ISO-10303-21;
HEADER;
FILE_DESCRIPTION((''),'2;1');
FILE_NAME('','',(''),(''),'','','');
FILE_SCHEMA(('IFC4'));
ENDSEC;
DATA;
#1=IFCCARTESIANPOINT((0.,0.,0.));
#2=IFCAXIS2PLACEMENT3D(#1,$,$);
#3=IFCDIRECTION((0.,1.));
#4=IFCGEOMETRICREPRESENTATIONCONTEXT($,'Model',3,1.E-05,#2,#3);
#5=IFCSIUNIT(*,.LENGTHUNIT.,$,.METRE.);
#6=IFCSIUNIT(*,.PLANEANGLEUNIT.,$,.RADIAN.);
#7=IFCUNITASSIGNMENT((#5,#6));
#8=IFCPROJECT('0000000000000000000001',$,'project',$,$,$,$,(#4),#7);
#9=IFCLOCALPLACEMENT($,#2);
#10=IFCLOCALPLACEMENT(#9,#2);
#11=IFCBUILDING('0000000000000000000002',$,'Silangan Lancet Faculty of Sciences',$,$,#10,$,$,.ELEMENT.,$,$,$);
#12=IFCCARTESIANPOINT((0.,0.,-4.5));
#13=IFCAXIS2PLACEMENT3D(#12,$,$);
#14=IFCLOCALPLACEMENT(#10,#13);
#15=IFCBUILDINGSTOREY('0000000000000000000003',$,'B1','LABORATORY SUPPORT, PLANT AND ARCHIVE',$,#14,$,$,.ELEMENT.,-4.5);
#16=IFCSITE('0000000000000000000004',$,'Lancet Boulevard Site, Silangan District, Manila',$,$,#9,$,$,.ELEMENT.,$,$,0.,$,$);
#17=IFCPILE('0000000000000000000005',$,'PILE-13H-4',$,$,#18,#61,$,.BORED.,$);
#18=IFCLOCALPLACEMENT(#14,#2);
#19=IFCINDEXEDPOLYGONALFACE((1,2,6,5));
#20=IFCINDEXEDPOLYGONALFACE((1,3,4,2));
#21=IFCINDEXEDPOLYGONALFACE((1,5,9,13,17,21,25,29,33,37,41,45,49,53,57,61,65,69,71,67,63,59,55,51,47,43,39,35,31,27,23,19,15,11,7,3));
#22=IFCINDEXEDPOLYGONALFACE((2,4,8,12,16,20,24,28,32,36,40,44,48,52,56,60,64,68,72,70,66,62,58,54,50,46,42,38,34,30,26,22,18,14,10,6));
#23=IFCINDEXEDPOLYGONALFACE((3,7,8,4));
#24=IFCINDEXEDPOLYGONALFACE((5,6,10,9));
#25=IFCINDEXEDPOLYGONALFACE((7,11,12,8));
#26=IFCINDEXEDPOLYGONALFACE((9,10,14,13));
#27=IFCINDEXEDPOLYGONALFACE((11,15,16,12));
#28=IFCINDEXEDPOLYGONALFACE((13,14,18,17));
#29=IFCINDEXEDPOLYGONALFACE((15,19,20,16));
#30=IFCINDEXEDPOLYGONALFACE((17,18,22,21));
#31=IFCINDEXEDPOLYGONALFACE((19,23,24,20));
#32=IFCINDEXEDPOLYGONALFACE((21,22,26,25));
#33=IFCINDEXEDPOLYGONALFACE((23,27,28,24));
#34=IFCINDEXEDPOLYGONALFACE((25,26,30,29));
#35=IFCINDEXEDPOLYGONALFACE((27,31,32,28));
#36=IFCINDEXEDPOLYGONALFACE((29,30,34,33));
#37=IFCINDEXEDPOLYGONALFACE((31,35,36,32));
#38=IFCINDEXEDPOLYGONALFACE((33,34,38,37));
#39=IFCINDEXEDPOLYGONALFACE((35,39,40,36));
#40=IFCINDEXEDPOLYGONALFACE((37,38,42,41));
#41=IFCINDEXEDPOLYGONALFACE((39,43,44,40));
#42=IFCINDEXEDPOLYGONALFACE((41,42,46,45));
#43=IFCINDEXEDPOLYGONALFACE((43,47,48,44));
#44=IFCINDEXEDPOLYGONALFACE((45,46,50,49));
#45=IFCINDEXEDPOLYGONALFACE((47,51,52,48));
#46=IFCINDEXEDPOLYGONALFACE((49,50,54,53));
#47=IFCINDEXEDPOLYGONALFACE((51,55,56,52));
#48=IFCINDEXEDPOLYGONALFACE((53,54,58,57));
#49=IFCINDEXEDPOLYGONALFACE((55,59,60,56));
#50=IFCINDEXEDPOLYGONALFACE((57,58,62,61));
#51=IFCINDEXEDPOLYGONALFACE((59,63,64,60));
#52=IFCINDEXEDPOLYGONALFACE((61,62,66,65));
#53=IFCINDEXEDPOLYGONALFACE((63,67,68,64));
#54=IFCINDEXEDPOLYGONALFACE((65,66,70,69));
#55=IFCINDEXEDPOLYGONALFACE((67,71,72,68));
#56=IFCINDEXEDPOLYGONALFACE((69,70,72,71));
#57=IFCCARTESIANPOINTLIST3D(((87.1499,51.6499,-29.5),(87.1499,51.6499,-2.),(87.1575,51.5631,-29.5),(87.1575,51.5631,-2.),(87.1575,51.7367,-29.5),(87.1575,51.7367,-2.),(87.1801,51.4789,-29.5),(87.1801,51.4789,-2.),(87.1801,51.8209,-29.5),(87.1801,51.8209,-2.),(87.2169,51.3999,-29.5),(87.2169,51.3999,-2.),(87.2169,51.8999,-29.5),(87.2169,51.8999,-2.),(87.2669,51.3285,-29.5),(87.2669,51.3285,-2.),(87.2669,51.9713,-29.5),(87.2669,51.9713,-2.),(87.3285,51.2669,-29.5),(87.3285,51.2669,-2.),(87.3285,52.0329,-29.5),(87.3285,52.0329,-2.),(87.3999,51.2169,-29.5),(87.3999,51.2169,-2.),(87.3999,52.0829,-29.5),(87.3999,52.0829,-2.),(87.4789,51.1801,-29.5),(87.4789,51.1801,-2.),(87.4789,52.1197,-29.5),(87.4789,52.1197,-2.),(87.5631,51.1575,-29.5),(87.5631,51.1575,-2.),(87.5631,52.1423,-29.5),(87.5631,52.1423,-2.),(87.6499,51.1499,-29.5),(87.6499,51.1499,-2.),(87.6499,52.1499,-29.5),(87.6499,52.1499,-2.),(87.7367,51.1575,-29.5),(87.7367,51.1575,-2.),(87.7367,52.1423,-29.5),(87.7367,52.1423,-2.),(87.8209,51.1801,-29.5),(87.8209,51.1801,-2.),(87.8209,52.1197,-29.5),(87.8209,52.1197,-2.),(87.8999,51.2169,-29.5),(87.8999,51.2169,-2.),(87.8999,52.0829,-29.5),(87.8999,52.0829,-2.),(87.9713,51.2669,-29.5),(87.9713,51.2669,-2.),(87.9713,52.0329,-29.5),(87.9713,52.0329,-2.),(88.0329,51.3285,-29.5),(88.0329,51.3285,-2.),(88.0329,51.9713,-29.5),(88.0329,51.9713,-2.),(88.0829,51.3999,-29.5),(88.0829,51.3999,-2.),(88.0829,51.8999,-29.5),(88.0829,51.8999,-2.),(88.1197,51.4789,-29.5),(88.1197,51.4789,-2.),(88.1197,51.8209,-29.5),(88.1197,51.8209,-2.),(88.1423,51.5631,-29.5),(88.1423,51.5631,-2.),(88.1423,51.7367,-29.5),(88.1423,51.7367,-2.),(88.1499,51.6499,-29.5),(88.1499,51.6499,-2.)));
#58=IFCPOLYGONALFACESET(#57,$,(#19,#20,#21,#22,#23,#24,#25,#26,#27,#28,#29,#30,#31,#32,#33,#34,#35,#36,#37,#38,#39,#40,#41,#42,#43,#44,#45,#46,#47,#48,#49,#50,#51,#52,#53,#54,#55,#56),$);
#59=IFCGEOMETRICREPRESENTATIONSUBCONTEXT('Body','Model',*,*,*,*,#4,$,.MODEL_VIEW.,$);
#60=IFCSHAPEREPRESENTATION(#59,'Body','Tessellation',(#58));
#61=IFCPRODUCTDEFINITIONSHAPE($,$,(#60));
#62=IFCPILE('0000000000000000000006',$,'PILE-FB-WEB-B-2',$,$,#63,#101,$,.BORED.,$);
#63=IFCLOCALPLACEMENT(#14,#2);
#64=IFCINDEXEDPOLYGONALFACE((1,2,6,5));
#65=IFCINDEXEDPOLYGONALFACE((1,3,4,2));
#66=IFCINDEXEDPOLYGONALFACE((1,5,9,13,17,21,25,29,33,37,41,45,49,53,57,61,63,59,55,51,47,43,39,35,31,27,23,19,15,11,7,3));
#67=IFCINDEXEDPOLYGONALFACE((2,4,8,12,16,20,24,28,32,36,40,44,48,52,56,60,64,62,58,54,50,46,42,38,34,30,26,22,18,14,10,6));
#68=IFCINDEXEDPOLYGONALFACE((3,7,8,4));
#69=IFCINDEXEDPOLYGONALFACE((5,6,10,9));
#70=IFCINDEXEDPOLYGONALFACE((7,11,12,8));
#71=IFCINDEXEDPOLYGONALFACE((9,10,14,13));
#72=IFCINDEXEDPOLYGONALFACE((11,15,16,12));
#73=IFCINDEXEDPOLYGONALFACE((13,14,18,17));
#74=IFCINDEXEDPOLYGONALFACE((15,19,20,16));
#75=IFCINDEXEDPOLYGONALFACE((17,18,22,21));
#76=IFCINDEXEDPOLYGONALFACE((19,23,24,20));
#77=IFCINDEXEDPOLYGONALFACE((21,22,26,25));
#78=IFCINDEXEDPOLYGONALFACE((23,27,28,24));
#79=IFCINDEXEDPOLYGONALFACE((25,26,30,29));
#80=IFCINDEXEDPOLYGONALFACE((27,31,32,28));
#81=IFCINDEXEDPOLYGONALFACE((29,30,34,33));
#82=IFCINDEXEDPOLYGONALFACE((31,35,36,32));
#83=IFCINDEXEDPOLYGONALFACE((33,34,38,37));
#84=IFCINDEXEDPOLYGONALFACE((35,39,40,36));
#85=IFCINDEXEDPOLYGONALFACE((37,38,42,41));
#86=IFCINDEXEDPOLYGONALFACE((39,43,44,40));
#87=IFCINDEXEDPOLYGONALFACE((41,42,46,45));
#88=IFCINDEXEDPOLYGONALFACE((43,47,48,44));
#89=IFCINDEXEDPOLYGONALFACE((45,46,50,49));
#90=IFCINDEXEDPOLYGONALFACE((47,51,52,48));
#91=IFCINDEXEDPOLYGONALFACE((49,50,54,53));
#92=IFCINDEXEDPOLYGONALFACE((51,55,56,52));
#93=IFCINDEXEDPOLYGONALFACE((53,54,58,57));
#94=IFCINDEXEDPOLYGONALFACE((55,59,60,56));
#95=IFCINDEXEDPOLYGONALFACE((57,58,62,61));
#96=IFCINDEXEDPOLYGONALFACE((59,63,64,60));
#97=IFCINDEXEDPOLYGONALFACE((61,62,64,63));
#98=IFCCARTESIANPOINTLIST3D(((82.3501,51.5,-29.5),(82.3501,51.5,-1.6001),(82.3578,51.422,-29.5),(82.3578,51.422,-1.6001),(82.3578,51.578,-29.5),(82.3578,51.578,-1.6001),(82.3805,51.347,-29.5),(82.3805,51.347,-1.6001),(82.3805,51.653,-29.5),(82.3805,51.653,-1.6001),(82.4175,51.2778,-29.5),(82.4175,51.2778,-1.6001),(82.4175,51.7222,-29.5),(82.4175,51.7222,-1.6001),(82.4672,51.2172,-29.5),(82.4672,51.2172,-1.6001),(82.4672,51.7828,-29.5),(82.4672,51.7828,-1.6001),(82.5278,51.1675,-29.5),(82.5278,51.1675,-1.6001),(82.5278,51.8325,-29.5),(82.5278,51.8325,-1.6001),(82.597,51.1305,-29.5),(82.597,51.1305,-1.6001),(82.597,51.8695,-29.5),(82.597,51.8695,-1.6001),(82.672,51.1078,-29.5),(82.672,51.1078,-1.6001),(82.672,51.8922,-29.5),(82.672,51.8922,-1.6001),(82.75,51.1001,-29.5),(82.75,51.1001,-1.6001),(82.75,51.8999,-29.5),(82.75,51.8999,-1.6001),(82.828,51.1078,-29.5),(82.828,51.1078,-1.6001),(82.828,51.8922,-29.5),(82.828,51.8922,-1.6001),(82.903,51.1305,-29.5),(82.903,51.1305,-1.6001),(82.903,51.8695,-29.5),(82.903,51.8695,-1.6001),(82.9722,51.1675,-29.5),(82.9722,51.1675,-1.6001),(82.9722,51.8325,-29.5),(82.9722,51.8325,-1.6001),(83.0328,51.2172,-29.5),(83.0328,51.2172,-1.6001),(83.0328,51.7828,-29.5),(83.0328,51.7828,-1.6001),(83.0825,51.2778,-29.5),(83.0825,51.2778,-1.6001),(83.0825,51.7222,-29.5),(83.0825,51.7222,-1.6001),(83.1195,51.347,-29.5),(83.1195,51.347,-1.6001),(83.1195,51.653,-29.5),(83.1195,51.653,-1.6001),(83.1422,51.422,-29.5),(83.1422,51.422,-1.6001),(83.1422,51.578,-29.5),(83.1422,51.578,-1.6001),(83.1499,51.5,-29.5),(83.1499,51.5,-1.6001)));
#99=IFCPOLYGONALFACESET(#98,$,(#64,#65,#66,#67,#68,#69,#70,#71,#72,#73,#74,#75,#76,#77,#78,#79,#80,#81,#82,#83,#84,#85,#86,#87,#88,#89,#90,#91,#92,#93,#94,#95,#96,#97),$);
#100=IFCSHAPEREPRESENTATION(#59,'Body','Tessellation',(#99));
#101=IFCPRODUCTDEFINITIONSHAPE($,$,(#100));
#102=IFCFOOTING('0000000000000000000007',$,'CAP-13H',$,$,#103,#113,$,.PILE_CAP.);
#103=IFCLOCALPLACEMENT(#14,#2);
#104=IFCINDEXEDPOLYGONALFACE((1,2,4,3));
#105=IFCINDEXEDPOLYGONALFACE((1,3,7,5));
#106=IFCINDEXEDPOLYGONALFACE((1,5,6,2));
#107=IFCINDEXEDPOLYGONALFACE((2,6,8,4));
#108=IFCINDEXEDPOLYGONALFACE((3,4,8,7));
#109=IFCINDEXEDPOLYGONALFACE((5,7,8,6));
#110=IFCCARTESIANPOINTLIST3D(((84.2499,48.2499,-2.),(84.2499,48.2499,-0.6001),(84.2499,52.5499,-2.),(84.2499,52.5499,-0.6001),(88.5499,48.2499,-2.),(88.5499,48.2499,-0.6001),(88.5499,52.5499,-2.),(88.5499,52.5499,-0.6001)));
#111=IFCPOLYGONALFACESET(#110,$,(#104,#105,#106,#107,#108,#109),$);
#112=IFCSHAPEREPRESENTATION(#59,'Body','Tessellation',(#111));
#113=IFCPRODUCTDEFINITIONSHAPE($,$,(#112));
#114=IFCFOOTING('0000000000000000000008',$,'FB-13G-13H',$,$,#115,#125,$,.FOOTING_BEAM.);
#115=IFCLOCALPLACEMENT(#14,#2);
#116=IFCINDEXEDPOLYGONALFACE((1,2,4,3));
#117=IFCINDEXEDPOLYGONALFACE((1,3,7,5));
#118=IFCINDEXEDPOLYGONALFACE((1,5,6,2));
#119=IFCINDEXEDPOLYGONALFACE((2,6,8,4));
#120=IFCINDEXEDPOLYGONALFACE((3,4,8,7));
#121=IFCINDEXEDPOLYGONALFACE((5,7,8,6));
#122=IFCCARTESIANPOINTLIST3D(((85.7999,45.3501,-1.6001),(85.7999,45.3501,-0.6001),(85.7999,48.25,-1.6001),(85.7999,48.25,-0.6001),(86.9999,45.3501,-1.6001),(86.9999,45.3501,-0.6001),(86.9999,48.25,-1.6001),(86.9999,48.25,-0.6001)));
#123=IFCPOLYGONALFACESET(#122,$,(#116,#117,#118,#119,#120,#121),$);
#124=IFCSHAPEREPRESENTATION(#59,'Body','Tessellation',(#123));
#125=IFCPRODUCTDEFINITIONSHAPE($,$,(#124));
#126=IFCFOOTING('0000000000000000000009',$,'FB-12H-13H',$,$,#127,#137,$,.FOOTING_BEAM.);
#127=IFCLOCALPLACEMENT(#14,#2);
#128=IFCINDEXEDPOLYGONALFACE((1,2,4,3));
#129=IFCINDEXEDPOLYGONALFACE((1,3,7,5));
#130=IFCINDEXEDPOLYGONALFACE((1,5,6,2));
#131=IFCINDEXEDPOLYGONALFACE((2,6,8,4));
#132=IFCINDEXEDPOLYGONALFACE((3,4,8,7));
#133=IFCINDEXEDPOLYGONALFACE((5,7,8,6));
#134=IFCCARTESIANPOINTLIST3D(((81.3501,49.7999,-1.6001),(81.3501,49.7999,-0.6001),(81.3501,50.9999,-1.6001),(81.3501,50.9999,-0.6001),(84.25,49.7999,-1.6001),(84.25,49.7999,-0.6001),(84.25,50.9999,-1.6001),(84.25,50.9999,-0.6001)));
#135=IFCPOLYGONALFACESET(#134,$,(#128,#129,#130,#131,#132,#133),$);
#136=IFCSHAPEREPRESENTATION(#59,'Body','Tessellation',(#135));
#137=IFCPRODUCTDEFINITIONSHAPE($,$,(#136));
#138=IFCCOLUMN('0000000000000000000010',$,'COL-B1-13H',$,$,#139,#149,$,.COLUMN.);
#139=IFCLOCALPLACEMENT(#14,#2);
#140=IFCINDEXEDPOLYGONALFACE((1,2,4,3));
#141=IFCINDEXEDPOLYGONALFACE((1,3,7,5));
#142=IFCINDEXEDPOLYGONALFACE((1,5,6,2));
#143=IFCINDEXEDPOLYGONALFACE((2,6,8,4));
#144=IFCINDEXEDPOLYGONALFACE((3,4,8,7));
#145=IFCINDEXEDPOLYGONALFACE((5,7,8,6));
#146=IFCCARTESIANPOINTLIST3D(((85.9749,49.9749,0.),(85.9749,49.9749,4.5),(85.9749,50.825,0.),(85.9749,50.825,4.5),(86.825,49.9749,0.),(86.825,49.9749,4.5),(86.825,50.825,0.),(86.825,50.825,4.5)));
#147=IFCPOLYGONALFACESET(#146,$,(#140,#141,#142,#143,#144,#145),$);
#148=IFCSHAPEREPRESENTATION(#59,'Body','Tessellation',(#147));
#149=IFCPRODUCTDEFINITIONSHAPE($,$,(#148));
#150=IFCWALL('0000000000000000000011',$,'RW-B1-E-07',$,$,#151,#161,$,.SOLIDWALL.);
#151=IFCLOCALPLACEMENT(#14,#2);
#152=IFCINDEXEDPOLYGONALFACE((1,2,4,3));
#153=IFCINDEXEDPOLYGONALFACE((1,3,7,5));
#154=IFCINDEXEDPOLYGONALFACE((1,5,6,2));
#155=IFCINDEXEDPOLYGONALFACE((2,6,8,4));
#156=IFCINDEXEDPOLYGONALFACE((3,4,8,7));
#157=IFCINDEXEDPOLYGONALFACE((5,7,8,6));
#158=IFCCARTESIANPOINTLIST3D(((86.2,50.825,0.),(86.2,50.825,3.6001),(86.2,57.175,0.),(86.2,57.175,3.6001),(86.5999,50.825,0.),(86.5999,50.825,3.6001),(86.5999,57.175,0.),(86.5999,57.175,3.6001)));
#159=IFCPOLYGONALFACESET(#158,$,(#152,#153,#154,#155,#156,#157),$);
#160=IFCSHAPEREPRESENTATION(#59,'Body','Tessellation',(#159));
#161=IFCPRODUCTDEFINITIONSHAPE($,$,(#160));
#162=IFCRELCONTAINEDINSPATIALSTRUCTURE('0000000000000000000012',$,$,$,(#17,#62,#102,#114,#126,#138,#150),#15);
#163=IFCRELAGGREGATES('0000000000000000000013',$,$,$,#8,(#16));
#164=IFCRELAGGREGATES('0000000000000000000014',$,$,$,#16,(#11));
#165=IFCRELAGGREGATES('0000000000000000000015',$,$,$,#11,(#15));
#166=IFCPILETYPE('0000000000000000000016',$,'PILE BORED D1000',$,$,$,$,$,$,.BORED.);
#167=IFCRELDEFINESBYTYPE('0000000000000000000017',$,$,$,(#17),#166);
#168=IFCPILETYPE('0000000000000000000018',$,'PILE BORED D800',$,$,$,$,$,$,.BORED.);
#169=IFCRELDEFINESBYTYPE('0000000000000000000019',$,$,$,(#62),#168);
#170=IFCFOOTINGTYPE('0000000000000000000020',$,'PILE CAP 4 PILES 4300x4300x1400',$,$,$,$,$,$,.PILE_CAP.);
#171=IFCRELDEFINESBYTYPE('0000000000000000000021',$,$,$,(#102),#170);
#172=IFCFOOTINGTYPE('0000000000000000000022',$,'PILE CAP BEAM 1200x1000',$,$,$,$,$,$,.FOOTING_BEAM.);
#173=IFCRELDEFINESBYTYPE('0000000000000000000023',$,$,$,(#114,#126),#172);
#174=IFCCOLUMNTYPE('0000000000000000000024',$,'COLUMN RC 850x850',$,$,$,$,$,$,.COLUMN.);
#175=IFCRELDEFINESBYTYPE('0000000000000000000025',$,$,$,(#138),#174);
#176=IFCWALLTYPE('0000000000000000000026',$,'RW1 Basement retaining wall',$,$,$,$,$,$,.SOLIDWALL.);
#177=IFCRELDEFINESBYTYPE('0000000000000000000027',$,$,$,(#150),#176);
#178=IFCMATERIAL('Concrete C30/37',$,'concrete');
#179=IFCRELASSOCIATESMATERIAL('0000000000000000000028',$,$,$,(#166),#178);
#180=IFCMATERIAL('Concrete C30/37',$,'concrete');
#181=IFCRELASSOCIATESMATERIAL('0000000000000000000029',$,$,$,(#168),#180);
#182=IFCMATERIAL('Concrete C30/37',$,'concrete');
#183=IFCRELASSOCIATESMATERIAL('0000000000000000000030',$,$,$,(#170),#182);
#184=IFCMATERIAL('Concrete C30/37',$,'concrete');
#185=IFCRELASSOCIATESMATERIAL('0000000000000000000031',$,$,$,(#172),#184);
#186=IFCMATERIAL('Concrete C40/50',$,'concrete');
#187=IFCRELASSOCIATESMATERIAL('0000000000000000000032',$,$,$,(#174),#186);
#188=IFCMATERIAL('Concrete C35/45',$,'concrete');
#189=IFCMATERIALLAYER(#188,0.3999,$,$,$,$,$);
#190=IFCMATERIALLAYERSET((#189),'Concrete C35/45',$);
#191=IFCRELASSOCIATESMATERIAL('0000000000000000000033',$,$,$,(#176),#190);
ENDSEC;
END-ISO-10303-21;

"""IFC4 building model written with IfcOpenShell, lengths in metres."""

from ifc_helpers import new_model, si_unit, direction, frame, frame_2d, origin, origin_2d, place, context, subcontext, project, spatial, rectangle, circle, extrude, material, layer, layer_set, material_profile, profile_set, type_object, element, save


model = new_model("IFC4")

# Units and contexts
model_context = context("Model", 3, precision=1e-05, world=origin(), true_north=direction((0.0, 1.0)))
body_context = subcontext(model_context, "Body", "Model", "MODEL_VIEW")
ifc_project = project(units=[si_unit("LENGTHUNIT", "METRE"), si_unit("PLANEANGLEUNIT", "RADIAN")], contexts=[model_context])

# Site, building, storey
site_placement = place(None, origin())
site = spatial("IfcSite", under=ifc_project, at=site_placement, Name="Lancet Boulevard Site, Silangan District, Manila", CompositionType="ELEMENT", RefElevation=0.0)
building_placement = place(site_placement, origin())
building = spatial("IfcBuilding", under=site, at=building_placement, Name="Silangan Lancet Faculty of Sciences", CompositionType="ELEMENT")
storey_placement = place(building_placement, frame((0.0, 0.0, -4.5)))
storey = spatial("IfcBuildingStorey", under=building, at=storey_placement, Name="B1", Description="LABORATORY SUPPORT, PLANT AND ARCHIVE", CompositionType="ELEMENT", Elevation=-4.5)

# Piles
ifc_material_1 = material(Name="Concrete C30/37", Category="concrete")
ifc_material_profile_1 = material_profile(ifc_material_1, circle(Radius=0.5, at=origin_2d()), Name="BORED PILE D1000")
ifc_profile_set_1 = profile_set([ifc_material_profile_1], Name="Concrete C30/37")
pile_type_1 = type_object("IfcPileType", Name="PILE BORED D1000", PredefinedType="BORED", material=ifc_profile_set_1)
for number, where, z_axis, x_axis, name in (
    (1, (87.6499, 51.6499, -2.0), (0.0, 0.0, -1.0), (1.0, 0.0, 0.0), "PILE-13H-4"),
):
    element("IfcPile", number, at=place(storey_placement, frame(where, z_axis=z_axis, x_axis=x_axis)), inside=storey, type_object=pile_type_1, Name=name, PredefinedType="BORED", context=body_context, shape_type="SweptSolid", body=[
        extrude(circle(Radius=0.5, at=origin_2d()), origin(), (0.0, 0.0, 1.0), 27.5),
    ])
ifc_material_2 = material(Name="Concrete C30/37", Category="concrete")
ifc_material_profile_2 = material_profile(ifc_material_2, circle(Radius=0.3999, at=origin_2d()), Name="BORED PILE D800")
ifc_profile_set_2 = profile_set([ifc_material_profile_2], Name="Concrete C30/37")
pile_type_2 = type_object("IfcPileType", Name="PILE BORED D800", PredefinedType="BORED", material=ifc_profile_set_2)
pile_placement = place(storey_placement, frame((82.75, 51.5, -1.6001), z_axis=(0.0, 0.0, -1.0), x_axis=(1.0, 0.0, 0.0)))
element("IfcPile", 2, at=pile_placement, inside=storey, type_object=pile_type_2, Name="PILE-FB-WEB-B-2", PredefinedType="BORED", context=body_context, shape_type="SweptSolid", body=[
    extrude(circle(Radius=0.3999, at=origin_2d()), origin(), (0.0, 0.0, 1.0), 27.8999),
])

# Footings
ifc_material_3 = material(Name="Concrete C30/37", Category="concrete")
footing_type_1 = type_object("IfcFootingType", Name="PILE CAP 4 PILES 4300x4300x1400", PredefinedType="PILE_CAP", material=ifc_material_3)
footing_placement = place(storey_placement, frame((86.3999, 50.3999, -2.0), z_axis=(0.0, 0.0, 1.0), x_axis=(1.0, 0.0, 0.0)))
element("IfcFooting", 3, at=footing_placement, inside=storey, type_object=footing_type_1, Name="CAP-13H", PredefinedType="PILE_CAP", context=body_context, shape_type="SweptSolid", body=[
    extrude(rectangle(XDim=4.3, YDim=4.3, at=origin_2d()), origin(), (0.0, 0.0, 1.0), 1.3999),
])
ifc_material_4 = material(Name="Concrete C30/37", Category="concrete")
footing_type_2 = type_object("IfcFootingType", Name="PILE CAP BEAM 1200x1000", PredefinedType="FOOTING_BEAM", material=ifc_material_4)
for number, where, z_axis, x_axis, name in (
    (4, (86.3999, 46.8, -1.6001), (0.0, 0.0, 1.0), (0.0, 1.0, 0.0), "FB-13G-13H"),
    (5, (82.8, 50.3999, -1.6001), (0.0, 0.0, 1.0), (1.0, 0.0, 0.0), "FB-12H-13H"),
):
    element("IfcFooting", number, at=place(storey_placement, frame(where, z_axis=z_axis, x_axis=x_axis)), inside=storey, type_object=footing_type_2, Name=name, PredefinedType="FOOTING_BEAM", context=body_context, shape_type="SweptSolid", body=[
        extrude(rectangle(XDim=2.8999, YDim=1.2, at=origin_2d()), origin(), (0.0, 0.0, 1.0), 1.0),
    ])

# Column
ifc_material_5 = material(Name="Concrete C40/50", Category="concrete")
ifc_material_profile_3 = material_profile(ifc_material_5, rectangle(XDim=0.8501, YDim=0.8501, at=origin_2d()), Name="RC 850x850")
ifc_profile_set_3 = profile_set([ifc_material_profile_3], Name="Concrete C40/50")
column_type = type_object("IfcColumnType", Name="COLUMN RC 850x850", PredefinedType="COLUMN", material=ifc_profile_set_3)
column_placement = place(storey_placement, frame((86.3999, 50.3999, 0.0), z_axis=(0.0, 0.0, 1.0), x_axis=(1.0, 0.0, 0.0)))
element("IfcColumn", 6, at=column_placement, inside=storey, type_object=column_type, Name="COL-B1-13H", PredefinedType="COLUMN", context=body_context, shape_type="SweptSolid", body=[
    extrude(rectangle(XDim=0.8501, YDim=0.8501, at=origin_2d()), origin(), (0.0, 0.0, 1.0), 4.5),
])

# Wall
ifc_material_6 = material(Name="Concrete C35/45", Category="concrete")
ifc_layer_1 = layer(ifc_material_6, 0.3999)
ifc_layer_set_1 = layer_set([ifc_layer_1], Name="Concrete C35/45")
wall_type_1 = type_object("IfcWallType", Name="RW1 Basement retaining wall", PredefinedType="SOLIDWALL", material=ifc_layer_set_1)
wall_1_placement = place(storey_placement, frame((86.3999, 50.825, 0.0), z_axis=(0.0, 0.0, 1.0), x_axis=(0.0, 1.0, 0.0)))
element("IfcWall", 7, at=wall_1_placement, inside=storey, type_object=wall_type_1, Name="RW-B1-E-07", PredefinedType="SOLIDWALL", context=body_context, shape_type="SweptSolid", body=[
    extrude(rectangle(XDim=6.3501, YDim=0.3999, at=frame_2d((3.175, 0.0))), origin(), (0.0, 0.0, 1.0), 3.6001),
])

save(model, "model.ifc")
